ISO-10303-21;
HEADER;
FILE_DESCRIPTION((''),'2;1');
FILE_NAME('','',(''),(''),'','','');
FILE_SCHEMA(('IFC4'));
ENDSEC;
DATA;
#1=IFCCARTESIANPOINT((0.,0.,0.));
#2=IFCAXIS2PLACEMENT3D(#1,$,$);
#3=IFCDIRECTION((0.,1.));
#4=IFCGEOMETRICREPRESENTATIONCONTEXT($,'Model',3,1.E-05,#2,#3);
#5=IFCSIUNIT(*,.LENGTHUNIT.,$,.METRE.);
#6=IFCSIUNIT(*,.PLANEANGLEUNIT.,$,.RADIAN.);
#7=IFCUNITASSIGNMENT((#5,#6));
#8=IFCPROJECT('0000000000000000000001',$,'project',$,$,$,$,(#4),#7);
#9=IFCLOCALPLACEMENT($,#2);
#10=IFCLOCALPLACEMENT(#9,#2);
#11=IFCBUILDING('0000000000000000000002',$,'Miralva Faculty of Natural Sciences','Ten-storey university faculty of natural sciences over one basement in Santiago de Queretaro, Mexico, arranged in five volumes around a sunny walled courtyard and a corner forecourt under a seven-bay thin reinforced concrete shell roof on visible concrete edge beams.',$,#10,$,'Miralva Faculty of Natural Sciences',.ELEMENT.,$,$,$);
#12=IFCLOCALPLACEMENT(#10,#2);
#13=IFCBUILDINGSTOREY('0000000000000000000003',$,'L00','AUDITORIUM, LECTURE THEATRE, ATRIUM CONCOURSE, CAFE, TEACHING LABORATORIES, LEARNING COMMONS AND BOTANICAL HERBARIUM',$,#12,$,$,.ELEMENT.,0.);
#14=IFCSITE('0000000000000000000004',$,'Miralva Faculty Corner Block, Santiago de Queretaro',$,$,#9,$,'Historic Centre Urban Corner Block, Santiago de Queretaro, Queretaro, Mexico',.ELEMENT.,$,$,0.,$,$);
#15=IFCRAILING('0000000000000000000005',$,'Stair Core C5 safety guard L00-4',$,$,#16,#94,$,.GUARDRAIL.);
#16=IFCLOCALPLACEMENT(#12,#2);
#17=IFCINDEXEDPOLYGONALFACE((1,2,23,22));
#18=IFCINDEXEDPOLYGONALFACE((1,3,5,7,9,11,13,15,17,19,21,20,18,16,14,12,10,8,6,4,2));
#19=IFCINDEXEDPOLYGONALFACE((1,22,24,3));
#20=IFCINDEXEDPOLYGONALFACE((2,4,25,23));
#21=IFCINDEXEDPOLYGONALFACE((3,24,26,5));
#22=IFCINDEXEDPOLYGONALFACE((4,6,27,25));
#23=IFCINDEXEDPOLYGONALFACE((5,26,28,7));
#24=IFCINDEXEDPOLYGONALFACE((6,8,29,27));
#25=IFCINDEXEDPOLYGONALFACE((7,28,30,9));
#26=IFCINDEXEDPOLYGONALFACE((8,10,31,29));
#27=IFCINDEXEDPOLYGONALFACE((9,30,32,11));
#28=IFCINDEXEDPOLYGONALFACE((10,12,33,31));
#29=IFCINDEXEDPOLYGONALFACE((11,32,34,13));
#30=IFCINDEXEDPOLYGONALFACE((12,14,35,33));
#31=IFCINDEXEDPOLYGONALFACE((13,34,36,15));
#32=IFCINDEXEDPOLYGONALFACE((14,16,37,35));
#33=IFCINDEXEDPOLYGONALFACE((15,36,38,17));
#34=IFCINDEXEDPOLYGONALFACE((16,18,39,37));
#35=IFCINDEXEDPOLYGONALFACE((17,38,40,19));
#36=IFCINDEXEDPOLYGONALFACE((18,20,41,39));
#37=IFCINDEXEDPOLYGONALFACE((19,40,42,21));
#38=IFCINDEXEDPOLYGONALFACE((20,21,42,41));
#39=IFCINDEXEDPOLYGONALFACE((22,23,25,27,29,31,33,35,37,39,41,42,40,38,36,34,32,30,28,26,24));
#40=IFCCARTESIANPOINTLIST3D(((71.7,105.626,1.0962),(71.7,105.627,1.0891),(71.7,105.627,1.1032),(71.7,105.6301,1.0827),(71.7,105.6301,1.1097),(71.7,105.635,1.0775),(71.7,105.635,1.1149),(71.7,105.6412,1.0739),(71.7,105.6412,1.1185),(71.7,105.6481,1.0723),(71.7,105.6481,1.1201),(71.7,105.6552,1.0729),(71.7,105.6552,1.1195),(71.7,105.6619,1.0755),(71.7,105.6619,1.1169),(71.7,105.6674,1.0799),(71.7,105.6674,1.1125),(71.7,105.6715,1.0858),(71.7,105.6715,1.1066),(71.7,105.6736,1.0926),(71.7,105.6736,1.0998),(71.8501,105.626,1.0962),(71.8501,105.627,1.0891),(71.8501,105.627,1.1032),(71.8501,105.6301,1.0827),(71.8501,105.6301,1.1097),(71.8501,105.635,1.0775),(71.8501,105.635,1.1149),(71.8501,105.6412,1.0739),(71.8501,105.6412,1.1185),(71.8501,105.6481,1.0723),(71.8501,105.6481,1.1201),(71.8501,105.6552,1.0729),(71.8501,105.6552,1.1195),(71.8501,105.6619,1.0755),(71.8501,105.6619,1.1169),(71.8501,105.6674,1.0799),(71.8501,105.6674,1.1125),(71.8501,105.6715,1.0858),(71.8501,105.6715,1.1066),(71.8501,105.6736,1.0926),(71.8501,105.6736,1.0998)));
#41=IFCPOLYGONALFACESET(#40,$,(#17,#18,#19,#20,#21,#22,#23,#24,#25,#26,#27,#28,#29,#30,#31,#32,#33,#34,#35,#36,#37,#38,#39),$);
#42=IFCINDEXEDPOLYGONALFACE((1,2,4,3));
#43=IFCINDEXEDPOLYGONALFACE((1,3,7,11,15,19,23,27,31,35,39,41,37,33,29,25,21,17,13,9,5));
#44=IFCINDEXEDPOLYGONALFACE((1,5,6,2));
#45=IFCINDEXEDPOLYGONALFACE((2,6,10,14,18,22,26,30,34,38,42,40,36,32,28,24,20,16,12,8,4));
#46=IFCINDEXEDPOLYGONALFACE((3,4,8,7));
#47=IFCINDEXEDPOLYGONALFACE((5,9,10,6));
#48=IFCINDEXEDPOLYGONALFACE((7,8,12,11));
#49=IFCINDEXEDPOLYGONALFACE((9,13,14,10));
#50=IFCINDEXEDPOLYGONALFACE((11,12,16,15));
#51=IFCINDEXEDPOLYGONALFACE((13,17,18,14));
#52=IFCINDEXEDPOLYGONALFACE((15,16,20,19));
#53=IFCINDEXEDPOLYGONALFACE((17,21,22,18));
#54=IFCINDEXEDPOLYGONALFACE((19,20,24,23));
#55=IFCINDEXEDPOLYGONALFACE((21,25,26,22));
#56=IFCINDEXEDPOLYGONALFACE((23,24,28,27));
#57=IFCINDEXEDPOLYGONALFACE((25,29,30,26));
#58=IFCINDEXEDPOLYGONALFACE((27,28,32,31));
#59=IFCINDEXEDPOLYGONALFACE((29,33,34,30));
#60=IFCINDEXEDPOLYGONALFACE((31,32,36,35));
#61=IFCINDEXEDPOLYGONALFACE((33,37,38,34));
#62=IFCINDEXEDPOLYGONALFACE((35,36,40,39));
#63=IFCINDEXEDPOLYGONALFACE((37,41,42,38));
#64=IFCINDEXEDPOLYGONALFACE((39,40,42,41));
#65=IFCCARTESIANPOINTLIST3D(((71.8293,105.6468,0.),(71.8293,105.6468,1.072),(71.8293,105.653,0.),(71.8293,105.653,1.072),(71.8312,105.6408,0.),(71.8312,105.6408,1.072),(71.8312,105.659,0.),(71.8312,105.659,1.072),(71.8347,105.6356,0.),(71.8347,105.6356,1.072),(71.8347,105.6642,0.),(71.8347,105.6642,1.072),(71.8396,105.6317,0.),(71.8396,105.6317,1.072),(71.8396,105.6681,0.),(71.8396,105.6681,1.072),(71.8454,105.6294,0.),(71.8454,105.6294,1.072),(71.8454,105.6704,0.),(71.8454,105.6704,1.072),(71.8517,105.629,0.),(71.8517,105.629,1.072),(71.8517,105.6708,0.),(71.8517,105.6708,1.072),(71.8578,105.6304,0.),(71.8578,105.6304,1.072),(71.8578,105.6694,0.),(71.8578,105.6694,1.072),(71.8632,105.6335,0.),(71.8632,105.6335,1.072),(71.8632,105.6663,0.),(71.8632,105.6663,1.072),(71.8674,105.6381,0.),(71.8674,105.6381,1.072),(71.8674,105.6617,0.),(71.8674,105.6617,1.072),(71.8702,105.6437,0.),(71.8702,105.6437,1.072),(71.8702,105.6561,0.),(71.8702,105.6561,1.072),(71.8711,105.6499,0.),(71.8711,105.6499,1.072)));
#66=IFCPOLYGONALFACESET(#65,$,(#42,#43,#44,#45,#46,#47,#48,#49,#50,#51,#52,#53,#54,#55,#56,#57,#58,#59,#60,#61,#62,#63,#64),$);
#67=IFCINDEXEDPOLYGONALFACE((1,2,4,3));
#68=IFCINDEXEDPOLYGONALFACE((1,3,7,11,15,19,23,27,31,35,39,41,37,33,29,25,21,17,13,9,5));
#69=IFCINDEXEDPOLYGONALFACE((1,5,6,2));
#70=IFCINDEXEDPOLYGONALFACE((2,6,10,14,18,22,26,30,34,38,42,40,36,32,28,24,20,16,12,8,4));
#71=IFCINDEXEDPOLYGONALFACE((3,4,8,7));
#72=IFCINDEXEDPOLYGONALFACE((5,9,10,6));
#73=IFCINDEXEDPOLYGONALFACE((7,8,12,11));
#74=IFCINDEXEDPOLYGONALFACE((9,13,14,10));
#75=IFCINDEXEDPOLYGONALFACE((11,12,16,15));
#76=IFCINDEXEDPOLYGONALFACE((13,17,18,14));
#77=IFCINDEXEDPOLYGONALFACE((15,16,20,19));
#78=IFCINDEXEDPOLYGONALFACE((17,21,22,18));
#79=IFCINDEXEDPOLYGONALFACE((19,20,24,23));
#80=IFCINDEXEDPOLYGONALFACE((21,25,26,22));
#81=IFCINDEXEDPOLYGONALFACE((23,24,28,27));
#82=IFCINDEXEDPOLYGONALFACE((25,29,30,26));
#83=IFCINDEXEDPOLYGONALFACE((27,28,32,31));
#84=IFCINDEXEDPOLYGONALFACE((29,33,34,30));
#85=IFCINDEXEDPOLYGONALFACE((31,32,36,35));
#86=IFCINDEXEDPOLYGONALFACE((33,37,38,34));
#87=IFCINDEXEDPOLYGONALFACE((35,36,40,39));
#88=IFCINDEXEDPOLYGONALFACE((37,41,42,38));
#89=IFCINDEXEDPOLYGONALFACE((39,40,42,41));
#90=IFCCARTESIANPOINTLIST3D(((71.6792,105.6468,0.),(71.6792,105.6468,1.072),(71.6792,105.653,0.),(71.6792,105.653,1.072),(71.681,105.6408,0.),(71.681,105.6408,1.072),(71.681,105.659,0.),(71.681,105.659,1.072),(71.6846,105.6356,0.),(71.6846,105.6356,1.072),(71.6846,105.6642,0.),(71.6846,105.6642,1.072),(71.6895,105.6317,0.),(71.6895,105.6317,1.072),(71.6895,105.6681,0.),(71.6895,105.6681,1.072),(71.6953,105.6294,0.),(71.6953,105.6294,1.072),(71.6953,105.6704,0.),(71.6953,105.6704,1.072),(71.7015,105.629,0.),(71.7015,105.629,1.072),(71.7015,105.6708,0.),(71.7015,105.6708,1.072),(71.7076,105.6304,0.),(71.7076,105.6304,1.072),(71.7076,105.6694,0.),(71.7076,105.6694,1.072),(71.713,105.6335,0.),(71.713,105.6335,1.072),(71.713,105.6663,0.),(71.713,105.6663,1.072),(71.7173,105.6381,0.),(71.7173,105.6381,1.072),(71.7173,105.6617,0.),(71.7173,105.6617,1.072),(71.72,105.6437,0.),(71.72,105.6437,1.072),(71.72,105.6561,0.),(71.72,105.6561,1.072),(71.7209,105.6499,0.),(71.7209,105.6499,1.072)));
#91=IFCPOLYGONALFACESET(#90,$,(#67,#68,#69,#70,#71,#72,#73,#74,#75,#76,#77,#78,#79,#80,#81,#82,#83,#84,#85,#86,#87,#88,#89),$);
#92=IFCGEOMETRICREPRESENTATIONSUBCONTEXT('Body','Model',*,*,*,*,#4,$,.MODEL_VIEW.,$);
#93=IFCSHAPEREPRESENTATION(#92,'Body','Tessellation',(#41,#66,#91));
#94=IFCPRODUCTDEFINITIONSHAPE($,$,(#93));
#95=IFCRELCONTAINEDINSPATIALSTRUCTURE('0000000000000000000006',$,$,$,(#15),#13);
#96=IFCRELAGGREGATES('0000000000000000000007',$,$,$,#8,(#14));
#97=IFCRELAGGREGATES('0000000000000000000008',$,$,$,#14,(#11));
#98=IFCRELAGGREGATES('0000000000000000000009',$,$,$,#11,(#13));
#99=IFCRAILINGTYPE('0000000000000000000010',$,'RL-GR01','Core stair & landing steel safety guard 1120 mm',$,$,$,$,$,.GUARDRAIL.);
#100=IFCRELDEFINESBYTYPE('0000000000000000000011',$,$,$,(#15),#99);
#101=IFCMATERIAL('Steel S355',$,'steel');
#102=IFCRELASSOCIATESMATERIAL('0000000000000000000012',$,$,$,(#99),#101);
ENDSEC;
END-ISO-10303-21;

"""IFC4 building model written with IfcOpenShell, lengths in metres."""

from ifc_helpers import new_model, si_unit, direction, frame, origin, origin_2d, place, context, subcontext, project, spatial, circle, extrude, material, type_object, element, save


model = new_model("IFC4")

# Units and contexts
model_context = context("Model", 3, precision=1e-05, world=origin(), true_north=direction((0.0, 1.0)))
body_context = subcontext(model_context, "Body", "Model", "MODEL_VIEW")
ifc_project = project(units=[si_unit("LENGTHUNIT", "METRE"), si_unit("PLANEANGLEUNIT", "RADIAN")], contexts=[model_context])

# Site, building, storey
site_placement = place(None, origin())
site = spatial("IfcSite", under=ifc_project, at=site_placement, Name="Miralva Faculty Corner Block, Santiago de Queretaro", LongName="Historic Centre Urban Corner Block, Santiago de Queretaro, Queretaro, Mexico", CompositionType="ELEMENT", RefElevation=0.0)
building_placement = place(site_placement, origin())
building = spatial("IfcBuilding", under=site, at=building_placement, Name="Miralva Faculty of Natural Sciences", Description="Ten-storey university faculty of natural sciences over one basement in Santiago de Queretaro, Mexico, arranged in five volumes around a sunny walled courtyard and a corner forecourt under a seven-bay thin reinforced concrete shell roof on visible concrete edge beams.", LongName="Miralva Faculty of Natural Sciences", CompositionType="ELEMENT")
storey_placement = place(building_placement, origin())
storey = spatial("IfcBuildingStorey", under=building, at=storey_placement, Name="L00", Description="AUDITORIUM, LECTURE THEATRE, ATRIUM CONCOURSE, CAFE, TEACHING LABORATORIES, LEARNING COMMONS AND BOTANICAL HERBARIUM", CompositionType="ELEMENT", Elevation=0.0)

# Railing
ifc_material_1 = material(Name="Steel S355", Category="steel")
railing_type_1 = type_object("IfcRailingType", Name="RL-GR01", Description="Core stair & landing steel safety guard 1120 mm", PredefinedType="GUARDRAIL", material=ifc_material_1)
railing_1_placement = place(storey_placement, frame((71.8501, 105.6499, 0.0)))
element("IfcRailing", 1, at=railing_1_placement, inside=storey, type_object=railing_type_1, Name="Stair Core C5 safety guard L00-4", PredefinedType="GUARDRAIL", context=body_context, shape_type="SweptSolid", body=[
    extrude(circle(Radius=0.0239, at=origin_2d()), frame((0.0, 0.0, 1.0962), z_axis=(-1.0, 0.0, 0.0), x_axis=(0.0, -1.0, 0.0)), (0.0, 0.0, 1.0), 0.1501),
    extrude(circle(Radius=0.021, at=origin_2d()), origin(), (0.0, 0.0, 1.0), 1.072),
    extrude(circle(Radius=0.021, at=origin_2d()), frame((-0.1501, 0.0, 0.0)), (0.0, 0.0, 1.0), 1.072),
])

save(model, "model.ifc")
